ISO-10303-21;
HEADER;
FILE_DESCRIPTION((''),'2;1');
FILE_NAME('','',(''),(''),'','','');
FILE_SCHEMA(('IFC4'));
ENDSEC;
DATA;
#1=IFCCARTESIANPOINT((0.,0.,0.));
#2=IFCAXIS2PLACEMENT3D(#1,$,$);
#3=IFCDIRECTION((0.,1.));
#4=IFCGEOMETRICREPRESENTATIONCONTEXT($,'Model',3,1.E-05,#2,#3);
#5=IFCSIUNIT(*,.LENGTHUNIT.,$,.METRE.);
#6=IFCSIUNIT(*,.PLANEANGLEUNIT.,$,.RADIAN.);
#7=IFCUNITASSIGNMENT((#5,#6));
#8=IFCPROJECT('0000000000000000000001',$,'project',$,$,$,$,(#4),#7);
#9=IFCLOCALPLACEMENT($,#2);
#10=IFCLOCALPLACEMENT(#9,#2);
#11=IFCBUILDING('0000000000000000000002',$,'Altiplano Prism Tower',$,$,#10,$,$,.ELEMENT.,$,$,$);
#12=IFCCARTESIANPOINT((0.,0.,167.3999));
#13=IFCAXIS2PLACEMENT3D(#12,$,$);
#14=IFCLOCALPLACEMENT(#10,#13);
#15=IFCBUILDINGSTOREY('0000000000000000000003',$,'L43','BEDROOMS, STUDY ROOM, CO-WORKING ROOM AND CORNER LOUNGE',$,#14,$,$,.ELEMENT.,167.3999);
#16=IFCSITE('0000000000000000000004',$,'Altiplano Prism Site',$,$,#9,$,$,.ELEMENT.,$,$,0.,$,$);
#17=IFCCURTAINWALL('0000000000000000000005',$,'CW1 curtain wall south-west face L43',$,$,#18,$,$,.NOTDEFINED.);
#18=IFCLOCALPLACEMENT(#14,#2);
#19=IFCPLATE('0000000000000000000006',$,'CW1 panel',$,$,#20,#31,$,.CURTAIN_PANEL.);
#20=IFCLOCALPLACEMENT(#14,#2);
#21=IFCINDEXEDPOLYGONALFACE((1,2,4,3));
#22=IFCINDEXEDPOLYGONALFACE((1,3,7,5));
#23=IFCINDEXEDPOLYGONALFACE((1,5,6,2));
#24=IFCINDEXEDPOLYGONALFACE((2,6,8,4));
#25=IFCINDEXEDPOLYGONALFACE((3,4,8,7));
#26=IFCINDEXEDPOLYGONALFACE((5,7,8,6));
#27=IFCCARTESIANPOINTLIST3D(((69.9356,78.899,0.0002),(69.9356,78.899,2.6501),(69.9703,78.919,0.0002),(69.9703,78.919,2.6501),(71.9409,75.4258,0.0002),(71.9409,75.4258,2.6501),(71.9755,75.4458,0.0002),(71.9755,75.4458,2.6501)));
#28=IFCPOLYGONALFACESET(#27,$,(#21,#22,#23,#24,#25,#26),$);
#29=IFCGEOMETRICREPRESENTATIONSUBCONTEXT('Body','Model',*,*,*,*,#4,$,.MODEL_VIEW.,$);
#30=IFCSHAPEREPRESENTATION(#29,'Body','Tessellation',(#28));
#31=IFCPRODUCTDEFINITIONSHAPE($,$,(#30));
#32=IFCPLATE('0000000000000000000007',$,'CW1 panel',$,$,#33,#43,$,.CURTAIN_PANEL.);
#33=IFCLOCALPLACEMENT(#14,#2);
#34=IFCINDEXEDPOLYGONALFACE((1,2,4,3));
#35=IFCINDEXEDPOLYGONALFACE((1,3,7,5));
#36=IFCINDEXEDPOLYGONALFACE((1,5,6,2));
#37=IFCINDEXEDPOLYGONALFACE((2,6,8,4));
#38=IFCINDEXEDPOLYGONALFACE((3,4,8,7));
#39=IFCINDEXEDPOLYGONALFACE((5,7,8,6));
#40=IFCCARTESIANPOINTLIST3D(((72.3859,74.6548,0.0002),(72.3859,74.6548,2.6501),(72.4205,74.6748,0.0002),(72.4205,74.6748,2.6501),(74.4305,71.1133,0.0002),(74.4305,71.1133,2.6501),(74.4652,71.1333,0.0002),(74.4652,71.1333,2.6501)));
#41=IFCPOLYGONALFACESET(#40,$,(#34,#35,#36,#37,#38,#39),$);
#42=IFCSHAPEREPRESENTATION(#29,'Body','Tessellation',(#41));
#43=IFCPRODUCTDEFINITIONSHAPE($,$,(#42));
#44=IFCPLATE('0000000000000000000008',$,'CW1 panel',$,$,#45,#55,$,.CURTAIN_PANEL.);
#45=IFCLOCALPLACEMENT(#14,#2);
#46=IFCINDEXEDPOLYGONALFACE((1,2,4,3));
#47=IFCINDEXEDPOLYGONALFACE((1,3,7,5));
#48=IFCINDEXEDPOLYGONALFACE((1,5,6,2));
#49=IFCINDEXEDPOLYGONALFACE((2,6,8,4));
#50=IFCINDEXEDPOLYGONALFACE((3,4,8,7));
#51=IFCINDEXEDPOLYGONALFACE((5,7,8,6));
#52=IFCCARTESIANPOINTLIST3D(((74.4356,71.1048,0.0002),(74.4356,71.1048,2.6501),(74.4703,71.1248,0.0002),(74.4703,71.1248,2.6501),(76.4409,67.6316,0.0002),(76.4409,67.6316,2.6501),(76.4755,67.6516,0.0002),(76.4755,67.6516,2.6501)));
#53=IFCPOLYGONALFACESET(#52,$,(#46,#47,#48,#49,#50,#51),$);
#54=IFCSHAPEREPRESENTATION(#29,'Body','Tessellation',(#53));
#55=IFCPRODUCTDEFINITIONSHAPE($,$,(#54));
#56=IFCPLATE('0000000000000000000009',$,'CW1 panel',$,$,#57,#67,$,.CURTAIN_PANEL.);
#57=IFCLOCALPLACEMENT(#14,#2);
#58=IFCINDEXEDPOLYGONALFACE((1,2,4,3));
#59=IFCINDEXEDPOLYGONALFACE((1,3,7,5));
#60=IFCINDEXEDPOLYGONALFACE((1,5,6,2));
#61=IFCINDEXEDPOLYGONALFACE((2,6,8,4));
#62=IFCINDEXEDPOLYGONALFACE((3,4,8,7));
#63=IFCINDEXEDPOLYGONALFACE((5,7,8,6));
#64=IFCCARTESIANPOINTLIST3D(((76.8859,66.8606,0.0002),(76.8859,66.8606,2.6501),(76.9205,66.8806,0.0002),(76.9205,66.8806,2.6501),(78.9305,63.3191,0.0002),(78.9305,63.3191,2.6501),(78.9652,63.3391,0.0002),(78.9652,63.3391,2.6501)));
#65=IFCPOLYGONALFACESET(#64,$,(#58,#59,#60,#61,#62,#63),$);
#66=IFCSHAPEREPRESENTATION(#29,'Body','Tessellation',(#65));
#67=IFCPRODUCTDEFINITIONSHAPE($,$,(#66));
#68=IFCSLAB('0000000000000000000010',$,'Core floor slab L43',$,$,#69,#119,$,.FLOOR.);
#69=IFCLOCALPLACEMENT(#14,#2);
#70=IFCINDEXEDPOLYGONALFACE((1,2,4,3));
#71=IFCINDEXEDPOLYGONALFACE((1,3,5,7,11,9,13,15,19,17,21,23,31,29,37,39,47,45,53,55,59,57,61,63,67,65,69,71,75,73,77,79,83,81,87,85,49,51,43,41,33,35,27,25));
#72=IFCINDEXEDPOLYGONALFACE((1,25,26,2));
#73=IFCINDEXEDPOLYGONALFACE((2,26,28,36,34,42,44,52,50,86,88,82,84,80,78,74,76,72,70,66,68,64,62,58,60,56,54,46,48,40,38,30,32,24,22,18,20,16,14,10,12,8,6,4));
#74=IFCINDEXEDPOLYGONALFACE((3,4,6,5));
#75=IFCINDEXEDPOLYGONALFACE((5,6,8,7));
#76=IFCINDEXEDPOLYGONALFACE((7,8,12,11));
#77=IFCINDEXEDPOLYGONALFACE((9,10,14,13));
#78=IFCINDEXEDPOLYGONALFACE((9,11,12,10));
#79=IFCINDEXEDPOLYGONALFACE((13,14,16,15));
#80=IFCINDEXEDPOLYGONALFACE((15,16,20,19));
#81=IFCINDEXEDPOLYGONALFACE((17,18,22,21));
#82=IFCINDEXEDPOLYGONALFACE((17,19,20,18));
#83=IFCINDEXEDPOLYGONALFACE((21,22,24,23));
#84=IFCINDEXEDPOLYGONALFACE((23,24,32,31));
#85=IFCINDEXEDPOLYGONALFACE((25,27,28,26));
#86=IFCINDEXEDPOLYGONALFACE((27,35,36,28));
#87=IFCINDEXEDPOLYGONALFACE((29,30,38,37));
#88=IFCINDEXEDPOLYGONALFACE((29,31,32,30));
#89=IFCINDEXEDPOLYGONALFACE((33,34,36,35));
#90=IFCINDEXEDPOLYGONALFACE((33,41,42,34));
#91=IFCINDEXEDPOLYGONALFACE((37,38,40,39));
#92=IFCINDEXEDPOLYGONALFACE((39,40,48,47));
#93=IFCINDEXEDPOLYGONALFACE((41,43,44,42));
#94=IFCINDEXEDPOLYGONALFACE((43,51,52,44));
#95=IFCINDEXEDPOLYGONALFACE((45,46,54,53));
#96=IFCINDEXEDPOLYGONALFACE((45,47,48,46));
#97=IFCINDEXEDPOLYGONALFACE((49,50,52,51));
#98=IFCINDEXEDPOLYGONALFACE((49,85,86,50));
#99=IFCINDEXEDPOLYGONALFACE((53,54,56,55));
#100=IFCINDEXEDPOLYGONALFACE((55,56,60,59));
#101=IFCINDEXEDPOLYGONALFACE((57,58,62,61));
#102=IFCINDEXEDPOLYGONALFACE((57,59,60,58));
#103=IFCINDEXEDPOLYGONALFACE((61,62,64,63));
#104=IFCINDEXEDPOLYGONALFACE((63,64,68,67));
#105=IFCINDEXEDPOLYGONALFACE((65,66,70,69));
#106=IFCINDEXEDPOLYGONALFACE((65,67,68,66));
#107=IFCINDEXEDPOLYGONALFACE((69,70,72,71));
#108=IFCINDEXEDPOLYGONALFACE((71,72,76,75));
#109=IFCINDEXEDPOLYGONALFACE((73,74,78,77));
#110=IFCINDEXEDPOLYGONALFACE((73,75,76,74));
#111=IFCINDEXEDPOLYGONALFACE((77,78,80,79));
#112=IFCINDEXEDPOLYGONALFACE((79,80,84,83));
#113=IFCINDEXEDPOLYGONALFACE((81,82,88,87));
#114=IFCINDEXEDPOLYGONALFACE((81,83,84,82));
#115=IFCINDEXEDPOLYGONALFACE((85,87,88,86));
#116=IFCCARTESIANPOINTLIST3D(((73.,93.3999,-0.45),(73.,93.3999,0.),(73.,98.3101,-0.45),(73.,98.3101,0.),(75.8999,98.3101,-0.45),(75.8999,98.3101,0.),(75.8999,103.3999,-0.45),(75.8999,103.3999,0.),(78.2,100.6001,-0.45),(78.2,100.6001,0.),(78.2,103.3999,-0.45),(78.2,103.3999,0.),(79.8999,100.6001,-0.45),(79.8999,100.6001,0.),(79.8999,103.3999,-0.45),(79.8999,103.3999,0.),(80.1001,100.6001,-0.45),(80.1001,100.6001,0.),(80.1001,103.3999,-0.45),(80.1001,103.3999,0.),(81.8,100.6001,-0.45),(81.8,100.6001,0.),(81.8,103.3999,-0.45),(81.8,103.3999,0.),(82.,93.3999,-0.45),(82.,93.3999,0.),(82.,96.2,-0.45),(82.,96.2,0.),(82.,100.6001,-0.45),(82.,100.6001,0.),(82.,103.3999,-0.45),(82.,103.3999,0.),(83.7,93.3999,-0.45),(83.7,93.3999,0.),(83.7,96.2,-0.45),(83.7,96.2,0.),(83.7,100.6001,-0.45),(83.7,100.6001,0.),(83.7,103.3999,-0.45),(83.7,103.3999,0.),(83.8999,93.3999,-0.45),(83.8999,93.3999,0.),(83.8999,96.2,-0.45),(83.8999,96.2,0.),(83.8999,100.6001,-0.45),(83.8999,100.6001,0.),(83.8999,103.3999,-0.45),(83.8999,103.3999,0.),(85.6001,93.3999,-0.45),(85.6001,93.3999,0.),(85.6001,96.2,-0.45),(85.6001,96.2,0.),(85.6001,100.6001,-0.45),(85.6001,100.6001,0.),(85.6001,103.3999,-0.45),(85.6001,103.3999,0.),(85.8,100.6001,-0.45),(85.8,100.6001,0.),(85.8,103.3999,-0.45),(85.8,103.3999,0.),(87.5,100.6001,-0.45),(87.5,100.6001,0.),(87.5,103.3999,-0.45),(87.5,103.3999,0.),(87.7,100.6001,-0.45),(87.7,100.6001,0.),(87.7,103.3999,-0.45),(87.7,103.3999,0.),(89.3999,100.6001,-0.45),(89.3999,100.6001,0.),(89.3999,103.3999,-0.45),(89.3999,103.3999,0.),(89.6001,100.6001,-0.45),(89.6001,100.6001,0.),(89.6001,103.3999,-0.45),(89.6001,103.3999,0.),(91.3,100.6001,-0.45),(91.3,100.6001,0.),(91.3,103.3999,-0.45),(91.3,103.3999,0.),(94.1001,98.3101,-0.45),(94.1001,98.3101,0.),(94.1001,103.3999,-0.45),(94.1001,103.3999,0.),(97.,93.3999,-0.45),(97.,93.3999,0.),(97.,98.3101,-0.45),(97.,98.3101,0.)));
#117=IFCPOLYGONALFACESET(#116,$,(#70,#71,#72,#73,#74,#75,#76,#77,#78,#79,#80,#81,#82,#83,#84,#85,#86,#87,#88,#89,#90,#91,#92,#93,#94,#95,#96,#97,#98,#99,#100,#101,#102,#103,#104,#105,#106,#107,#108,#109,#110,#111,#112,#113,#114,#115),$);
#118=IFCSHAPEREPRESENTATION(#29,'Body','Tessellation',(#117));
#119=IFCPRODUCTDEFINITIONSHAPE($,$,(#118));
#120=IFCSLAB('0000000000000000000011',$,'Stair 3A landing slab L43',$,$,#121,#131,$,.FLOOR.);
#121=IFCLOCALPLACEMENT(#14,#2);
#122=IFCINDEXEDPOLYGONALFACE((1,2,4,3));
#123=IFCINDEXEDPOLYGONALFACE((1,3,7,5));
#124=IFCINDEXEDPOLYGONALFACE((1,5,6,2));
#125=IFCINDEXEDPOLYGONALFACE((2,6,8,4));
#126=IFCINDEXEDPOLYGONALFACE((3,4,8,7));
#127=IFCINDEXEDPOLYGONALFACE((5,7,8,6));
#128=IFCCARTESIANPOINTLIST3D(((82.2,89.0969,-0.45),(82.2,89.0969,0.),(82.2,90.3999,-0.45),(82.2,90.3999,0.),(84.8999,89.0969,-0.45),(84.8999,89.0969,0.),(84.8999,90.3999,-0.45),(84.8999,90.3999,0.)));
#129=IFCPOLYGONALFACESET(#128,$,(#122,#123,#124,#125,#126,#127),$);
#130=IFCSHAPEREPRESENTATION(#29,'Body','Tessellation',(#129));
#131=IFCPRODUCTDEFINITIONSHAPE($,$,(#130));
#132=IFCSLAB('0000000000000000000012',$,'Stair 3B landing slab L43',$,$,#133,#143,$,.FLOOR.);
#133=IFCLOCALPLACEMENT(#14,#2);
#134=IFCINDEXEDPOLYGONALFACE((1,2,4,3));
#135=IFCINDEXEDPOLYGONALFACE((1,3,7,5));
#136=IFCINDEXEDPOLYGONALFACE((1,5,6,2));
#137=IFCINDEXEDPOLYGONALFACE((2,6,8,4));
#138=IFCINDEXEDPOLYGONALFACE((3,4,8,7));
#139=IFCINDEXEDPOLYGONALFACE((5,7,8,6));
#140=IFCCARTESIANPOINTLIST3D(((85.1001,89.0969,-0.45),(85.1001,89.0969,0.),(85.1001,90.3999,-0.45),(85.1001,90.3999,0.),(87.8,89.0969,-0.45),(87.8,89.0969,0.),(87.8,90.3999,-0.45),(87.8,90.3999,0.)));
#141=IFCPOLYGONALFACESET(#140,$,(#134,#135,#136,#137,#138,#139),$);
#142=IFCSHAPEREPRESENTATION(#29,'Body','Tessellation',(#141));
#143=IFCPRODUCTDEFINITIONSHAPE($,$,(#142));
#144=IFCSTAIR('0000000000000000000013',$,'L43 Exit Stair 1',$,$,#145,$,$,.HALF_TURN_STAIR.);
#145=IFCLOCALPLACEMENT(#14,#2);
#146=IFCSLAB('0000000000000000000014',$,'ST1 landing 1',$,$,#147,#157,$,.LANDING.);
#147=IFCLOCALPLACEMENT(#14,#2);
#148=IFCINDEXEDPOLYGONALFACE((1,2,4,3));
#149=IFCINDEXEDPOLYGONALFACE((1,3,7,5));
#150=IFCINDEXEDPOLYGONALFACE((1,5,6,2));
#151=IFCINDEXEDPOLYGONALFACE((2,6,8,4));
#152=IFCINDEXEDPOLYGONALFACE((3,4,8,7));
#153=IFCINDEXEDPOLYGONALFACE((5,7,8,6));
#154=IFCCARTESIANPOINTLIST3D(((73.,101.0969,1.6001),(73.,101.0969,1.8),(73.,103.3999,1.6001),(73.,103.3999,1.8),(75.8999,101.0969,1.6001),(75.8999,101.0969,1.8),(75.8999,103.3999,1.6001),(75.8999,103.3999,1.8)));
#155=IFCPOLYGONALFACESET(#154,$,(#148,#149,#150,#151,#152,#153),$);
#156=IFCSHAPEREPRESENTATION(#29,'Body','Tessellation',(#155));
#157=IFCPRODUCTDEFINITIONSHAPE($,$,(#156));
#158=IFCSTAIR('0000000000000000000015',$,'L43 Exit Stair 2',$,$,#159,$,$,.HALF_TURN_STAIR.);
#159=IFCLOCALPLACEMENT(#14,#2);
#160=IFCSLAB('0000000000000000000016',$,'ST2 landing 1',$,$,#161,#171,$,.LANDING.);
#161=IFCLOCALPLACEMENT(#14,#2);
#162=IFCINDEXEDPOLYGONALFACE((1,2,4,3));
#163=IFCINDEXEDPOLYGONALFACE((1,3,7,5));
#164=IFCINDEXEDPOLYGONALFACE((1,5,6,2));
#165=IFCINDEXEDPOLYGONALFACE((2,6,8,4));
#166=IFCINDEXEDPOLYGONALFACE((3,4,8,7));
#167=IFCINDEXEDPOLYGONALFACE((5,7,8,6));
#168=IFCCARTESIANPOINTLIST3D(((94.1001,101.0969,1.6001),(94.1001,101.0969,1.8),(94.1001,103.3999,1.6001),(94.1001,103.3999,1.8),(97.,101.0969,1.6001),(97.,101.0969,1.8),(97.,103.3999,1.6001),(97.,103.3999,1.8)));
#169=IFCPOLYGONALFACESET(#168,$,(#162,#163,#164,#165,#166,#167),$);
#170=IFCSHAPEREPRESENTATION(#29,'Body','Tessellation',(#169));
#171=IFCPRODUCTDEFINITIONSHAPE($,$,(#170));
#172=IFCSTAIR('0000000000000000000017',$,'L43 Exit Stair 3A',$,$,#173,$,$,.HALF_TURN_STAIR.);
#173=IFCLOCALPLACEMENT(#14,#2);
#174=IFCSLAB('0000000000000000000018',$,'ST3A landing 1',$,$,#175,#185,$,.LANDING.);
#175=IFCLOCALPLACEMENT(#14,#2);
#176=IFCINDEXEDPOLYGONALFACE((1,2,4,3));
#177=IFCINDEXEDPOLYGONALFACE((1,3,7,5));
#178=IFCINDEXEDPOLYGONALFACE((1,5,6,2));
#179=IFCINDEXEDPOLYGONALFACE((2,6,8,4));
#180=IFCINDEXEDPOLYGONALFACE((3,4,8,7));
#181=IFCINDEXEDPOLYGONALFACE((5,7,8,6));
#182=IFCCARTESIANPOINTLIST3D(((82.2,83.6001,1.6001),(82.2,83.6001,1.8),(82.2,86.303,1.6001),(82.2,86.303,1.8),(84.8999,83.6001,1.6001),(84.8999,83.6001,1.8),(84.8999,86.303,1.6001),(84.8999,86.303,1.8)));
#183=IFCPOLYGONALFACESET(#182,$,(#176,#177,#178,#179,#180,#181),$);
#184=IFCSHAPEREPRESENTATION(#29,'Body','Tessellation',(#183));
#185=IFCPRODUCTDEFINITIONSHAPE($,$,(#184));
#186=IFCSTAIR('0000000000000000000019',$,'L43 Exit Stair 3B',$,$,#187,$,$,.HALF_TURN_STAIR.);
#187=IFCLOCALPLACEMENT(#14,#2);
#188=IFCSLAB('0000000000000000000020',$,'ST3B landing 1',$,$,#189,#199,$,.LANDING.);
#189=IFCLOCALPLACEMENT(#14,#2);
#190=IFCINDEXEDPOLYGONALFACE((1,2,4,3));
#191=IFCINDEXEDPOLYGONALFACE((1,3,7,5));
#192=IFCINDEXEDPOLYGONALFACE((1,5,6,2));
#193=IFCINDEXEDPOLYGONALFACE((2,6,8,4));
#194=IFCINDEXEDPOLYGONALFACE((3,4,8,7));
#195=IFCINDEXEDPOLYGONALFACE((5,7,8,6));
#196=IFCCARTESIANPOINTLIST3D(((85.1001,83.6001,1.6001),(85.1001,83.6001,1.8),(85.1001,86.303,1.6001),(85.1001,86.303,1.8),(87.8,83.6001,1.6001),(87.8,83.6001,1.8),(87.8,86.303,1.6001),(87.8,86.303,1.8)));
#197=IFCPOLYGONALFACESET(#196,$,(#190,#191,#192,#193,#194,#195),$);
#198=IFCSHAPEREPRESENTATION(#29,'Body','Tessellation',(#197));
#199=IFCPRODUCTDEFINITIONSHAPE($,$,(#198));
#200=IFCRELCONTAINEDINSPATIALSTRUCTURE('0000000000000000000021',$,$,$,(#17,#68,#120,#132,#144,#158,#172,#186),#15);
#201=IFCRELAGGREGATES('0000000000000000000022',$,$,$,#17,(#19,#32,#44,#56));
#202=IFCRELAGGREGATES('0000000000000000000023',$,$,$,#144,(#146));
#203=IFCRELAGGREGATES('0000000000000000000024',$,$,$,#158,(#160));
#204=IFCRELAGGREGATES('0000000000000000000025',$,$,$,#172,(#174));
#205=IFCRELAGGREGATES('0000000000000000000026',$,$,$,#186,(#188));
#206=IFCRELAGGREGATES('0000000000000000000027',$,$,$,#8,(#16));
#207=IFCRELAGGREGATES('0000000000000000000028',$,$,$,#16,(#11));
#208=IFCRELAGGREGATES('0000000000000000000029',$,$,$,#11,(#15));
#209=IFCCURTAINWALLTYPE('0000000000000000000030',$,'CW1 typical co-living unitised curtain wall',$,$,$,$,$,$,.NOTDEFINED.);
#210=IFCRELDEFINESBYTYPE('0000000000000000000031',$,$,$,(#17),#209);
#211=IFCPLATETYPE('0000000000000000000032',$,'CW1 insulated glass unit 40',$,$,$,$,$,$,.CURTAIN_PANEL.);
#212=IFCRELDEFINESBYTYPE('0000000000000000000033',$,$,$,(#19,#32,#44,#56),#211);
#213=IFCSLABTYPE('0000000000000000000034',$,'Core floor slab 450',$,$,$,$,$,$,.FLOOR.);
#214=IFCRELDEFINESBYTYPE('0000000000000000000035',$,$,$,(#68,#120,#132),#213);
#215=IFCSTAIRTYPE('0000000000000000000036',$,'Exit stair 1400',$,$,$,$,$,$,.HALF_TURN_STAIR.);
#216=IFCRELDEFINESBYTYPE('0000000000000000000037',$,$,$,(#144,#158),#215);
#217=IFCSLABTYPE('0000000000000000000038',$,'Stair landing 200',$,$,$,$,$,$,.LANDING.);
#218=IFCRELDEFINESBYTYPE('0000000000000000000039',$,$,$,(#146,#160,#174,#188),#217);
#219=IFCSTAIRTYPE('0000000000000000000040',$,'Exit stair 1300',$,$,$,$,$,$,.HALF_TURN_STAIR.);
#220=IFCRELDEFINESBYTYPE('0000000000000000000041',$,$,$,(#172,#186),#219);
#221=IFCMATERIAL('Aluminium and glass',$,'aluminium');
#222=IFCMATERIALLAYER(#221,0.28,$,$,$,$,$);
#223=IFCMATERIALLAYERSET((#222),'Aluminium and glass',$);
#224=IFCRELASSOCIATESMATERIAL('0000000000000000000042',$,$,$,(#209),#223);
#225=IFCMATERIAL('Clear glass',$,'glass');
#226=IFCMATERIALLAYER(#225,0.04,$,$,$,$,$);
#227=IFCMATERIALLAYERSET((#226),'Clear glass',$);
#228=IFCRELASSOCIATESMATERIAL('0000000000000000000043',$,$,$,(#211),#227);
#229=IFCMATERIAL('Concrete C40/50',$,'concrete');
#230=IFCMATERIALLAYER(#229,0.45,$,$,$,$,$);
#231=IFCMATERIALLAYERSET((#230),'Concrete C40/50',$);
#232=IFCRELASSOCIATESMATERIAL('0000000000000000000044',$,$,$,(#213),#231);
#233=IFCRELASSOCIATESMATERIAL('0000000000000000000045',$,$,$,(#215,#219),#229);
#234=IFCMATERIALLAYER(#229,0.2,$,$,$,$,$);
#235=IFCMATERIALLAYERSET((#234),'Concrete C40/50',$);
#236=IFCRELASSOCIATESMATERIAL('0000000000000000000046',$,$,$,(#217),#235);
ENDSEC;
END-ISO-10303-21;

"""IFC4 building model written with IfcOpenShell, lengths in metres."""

from ifc_helpers import new_model, si_unit, direction, frame, origin, origin_2d, place, context, subcontext, project, spatial, polyline, rectangle, outline, extrude, material, layer, layer_set, type_object, element, aggregate, save


model = new_model("IFC4")

# Units and contexts
model_context = context("Model", 3, precision=1e-05, world=origin(), true_north=direction((0.0, 1.0)))
body_context = subcontext(model_context, "Body", "Model", "MODEL_VIEW")
ifc_project = project(units=[si_unit("LENGTHUNIT", "METRE"), si_unit("PLANEANGLEUNIT", "RADIAN")], contexts=[model_context])

# Site, building, storey
site_placement = place(None, origin())
site = spatial("IfcSite", under=ifc_project, at=site_placement, Name="Altiplano Prism Site", CompositionType="ELEMENT", RefElevation=0.0)
building_placement = place(site_placement, origin())
building = spatial("IfcBuilding", under=site, at=building_placement, Name="Altiplano Prism Tower", CompositionType="ELEMENT")
storey_placement = place(building_placement, frame((0.0, 0.0, 167.3999)))
storey = spatial("IfcBuildingStorey", under=building, at=storey_placement, Name="L43", Description="BEDROOMS, STUDY ROOM, CO-WORKING ROOM AND CORNER LOUNGE", CompositionType="ELEMENT", Elevation=167.3999)

# Curtain wall
ifc_material_1 = material(Name="Aluminium and glass", Category="aluminium")
ifc_layer_1 = layer(ifc_material_1, 0.28)
ifc_layer_set_1 = layer_set([ifc_layer_1], Name="Aluminium and glass")
curtain_wall_type = type_object("IfcCurtainWallType", Name="CW1 typical co-living unitised curtain wall", PredefinedType="NOTDEFINED", material=ifc_layer_set_1)
curtain_wall_placement = place(storey_placement, origin())
curtain_wall = element("IfcCurtainWall", 1, at=curtain_wall_placement, inside=storey, type_object=curtain_wall_type, Name="CW1 curtain wall south-west face L43", PredefinedType="NOTDEFINED")

# Plates
ifc_material_2 = material(Name="Clear glass", Category="glass")
ifc_layer_2 = layer(ifc_material_2, 0.04)
ifc_layer_set_2 = layer_set([ifc_layer_2], Name="Clear glass")
plate_type = type_object("IfcPlateType", Name="CW1 insulated glass unit 40", PredefinedType="CURTAIN_PANEL", material=ifc_layer_set_2)
plate_1_placement = place(storey_placement, frame((70.9556, 77.1724, 0.0002), z_axis=(0.0, 0.0, 1.0), x_axis=(0.5, -0.866025, 0.0)))
plate_1 = element("IfcPlate", 2, at=plate_1_placement, type_object=plate_type, Name="CW1 panel", PredefinedType="CURTAIN_PANEL", context=body_context, shape_type="SweptSolid", body=[
    extrude(rectangle(XDim=4.0105, YDim=0.04, at=origin_2d()), origin(), (0.0, 0.0, 1.0), 2.6499),
])
plate_2_placement = place(storey_placement, frame((73.4255, 72.894, 0.0002), z_axis=(0.0, 0.0, 1.0), x_axis=(0.5, -0.866025, 0.0)))
plate_2 = element("IfcPlate", 3, at=plate_2_placement, type_object=plate_type, Name="CW1 panel", PredefinedType="CURTAIN_PANEL", context=body_context, shape_type="SweptSolid", body=[
    extrude(rectangle(XDim=4.0894, YDim=0.04, at=origin_2d()), origin(), (0.0, 0.0, 1.0), 2.6499),
])
plate_3_placement = place(storey_placement, frame((75.4556, 69.3782, 0.0002), z_axis=(0.0, 0.0, 1.0), x_axis=(0.5, -0.866025, 0.0)))
plate_3 = element("IfcPlate", 4, at=plate_3_placement, type_object=plate_type, Name="CW1 panel", PredefinedType="CURTAIN_PANEL", context=body_context, shape_type="SweptSolid", body=[
    extrude(rectangle(XDim=4.0105, YDim=0.04, at=origin_2d()), origin(), (0.0, 0.0, 1.0), 2.6499),
])
plate_4_placement = place(storey_placement, frame((77.9255, 65.0999, 0.0002), z_axis=(0.0, 0.0, 1.0), x_axis=(0.5, -0.866025, 0.0)))
plate_4 = element("IfcPlate", 5, at=plate_4_placement, type_object=plate_type, Name="CW1 panel", PredefinedType="CURTAIN_PANEL", context=body_context, shape_type="SweptSolid", body=[
    extrude(rectangle(XDim=4.0894, YDim=0.04, at=origin_2d()), origin(), (0.0, 0.0, 1.0), 2.6499),
])
aggregate(curtain_wall, [plate_1, plate_2, plate_3, plate_4])

# Slabs
ifc_material_3 = material(Name="Concrete C40/50", Category="concrete")
ifc_layer_3 = layer(ifc_material_3, 0.45)
ifc_layer_set_3 = layer_set([ifc_layer_3], Name="Concrete C40/50")
slab_type_1 = type_object("IfcSlabType", Name="Core floor slab 450", PredefinedType="FLOOR", material=ifc_layer_set_3)
slab_1_placement = place(storey_placement, frame((0.0, 0.0, -0.45)))
element("IfcSlab", 6, at=slab_1_placement, inside=storey, type_object=slab_type_1, Name="Core floor slab L43", PredefinedType="FLOOR", context=body_context, shape_type="SweptSolid", body=[
    extrude(outline(polyline([(97.0, 98.3101), (94.1001, 98.3101), (94.1001, 103.3999), (91.3, 103.3999), (91.3, 100.6001), (89.6001, 100.6001), (89.6001, 103.3999), (89.3999, 103.3999), (89.3999, 100.6001), (87.7, 100.6001), (87.7, 103.3999), (87.5, 103.3999), (87.5, 100.6001), (85.8, 100.6001), (85.8, 103.3999), (85.6001, 103.3999), (85.6001, 100.6001), (83.8999, 100.6001), (83.8999, 103.3999), (83.7, 103.3999), (83.7, 100.6001), (82.0, 100.6001), (82.0, 103.3999), (81.8, 103.3999), (81.8, 100.6001), (80.1001, 100.6001), (80.1001, 103.3999), (79.8999, 103.3999), (79.8999, 100.6001), (78.2, 100.6001), (78.2, 103.3999), (75.8999, 103.3999), (75.8999, 98.3101), (73.0, 98.3101), (73.0, 93.3999), (82.0, 93.3999), (82.0, 96.2), (83.7, 96.2), (83.7, 93.3999), (83.8999, 93.3999), (83.8999, 96.2), (85.6001, 96.2), (85.6001, 93.3999), (97.0, 93.3999), (97.0, 98.3101)])), origin(), (0.0, 0.0, 1.0), 0.45),
])
slab_2_placement = place(storey_placement, frame((0.0, 0.0, -0.45)))
element("IfcSlab", 7, at=slab_2_placement, inside=storey, type_object=slab_type_1, Name="Stair 3A landing slab L43", PredefinedType="FLOOR", context=body_context, shape_type="SweptSolid", body=[
    extrude(outline(polyline([(82.2, 89.0969), (84.8999, 89.0969), (84.8999, 90.3999), (82.2, 90.3999), (82.2, 89.0969)])), origin(), (0.0, 0.0, 1.0), 0.45),
])
slab_3_placement = place(storey_placement, frame((0.0, 0.0, -0.45)))
element("IfcSlab", 8, at=slab_3_placement, inside=storey, type_object=slab_type_1, Name="Stair 3B landing slab L43", PredefinedType="FLOOR", context=body_context, shape_type="SweptSolid", body=[
    extrude(outline(polyline([(85.1001, 89.0969), (87.8, 89.0969), (87.8, 90.3999), (85.1001, 90.3999), (85.1001, 89.0969)])), origin(), (0.0, 0.0, 1.0), 0.45),
])

# Stairs, slabs
stair_type_1 = type_object("IfcStairType", Name="Exit stair 1400", PredefinedType="HALF_TURN_STAIR", material=ifc_material_3)
stair_1_placement = place(storey_placement, origin())
stair_1 = element("IfcStair", 9, at=stair_1_placement, inside=storey, type_object=stair_type_1, Name="L43 Exit Stair 1", PredefinedType="HALF_TURN_STAIR")
ifc_layer_4 = layer(ifc_material_3, 0.2)
ifc_layer_set_4 = layer_set([ifc_layer_4], Name="Concrete C40/50")
slab_type_2 = type_object("IfcSlabType", Name="Stair landing 200", PredefinedType="LANDING", material=ifc_layer_set_4)
slab_4_placement = place(storey_placement, frame((0.0, 0.0, 1.6001)))
slab_4 = element("IfcSlab", 10, at=slab_4_placement, type_object=slab_type_2, Name="ST1 landing 1", PredefinedType="LANDING", context=body_context, shape_type="SweptSolid", body=[
    extrude(outline(polyline([(75.8999, 101.0969), (75.8999, 103.3999), (73.0, 103.3999), (73.0, 101.0969), (75.8999, 101.0969)])), origin(), (0.0, 0.0, 1.0), 0.2),
])
aggregate(stair_1, [slab_4])
stair_2_placement = place(storey_placement, origin())
stair_2 = element("IfcStair", 11, at=stair_2_placement, inside=storey, type_object=stair_type_1, Name="L43 Exit Stair 2", PredefinedType="HALF_TURN_STAIR")
slab_5_placement = place(storey_placement, frame((0.0, 0.0, 1.6001)))
slab_5 = element("IfcSlab", 12, at=slab_5_placement, type_object=slab_type_2, Name="ST2 landing 1", PredefinedType="LANDING", context=body_context, shape_type="SweptSolid", body=[
    extrude(outline(polyline([(97.0, 101.0969), (97.0, 103.3999), (94.1001, 103.3999), (94.1001, 101.0969), (97.0, 101.0969)])), origin(), (0.0, 0.0, 1.0), 0.2),
])
aggregate(stair_2, [slab_5])
stair_type_2 = type_object("IfcStairType", Name="Exit stair 1300", PredefinedType="HALF_TURN_STAIR", material=ifc_material_3)
stair_3_placement = place(storey_placement, origin())
stair_3 = element("IfcStair", 13, at=stair_3_placement, inside=storey, type_object=stair_type_2, Name="L43 Exit Stair 3A", PredefinedType="HALF_TURN_STAIR")
slab_6_placement = place(storey_placement, frame((0.0, 0.0, 1.6001)))
slab_6 = element("IfcSlab", 14, at=slab_6_placement, type_object=slab_type_2, Name="ST3A landing 1", PredefinedType="LANDING", context=body_context, shape_type="SweptSolid", body=[
    extrude(outline(polyline([(82.2, 86.303), (82.2, 83.6001), (84.8999, 83.6001), (84.8999, 86.303), (82.2, 86.303)])), origin(), (0.0, 0.0, 1.0), 0.2),
])
aggregate(stair_3, [slab_6])
stair_4_placement = place(storey_placement, origin())
stair_4 = element("IfcStair", 15, at=stair_4_placement, inside=storey, type_object=stair_type_2, Name="L43 Exit Stair 3B", PredefinedType="HALF_TURN_STAIR")
slab_7_placement = place(storey_placement, frame((0.0, 0.0, 1.6001)))
slab_7 = element("IfcSlab", 16, at=slab_7_placement, type_object=slab_type_2, Name="ST3B landing 1", PredefinedType="LANDING", context=body_context, shape_type="SweptSolid", body=[
    extrude(outline(polyline([(85.1001, 86.303), (85.1001, 83.6001), (87.8, 83.6001), (87.8, 86.303), (85.1001, 86.303)])), origin(), (0.0, 0.0, 1.0), 0.2),
])
aggregate(stair_4, [slab_7])

save(model, "model.ifc")
